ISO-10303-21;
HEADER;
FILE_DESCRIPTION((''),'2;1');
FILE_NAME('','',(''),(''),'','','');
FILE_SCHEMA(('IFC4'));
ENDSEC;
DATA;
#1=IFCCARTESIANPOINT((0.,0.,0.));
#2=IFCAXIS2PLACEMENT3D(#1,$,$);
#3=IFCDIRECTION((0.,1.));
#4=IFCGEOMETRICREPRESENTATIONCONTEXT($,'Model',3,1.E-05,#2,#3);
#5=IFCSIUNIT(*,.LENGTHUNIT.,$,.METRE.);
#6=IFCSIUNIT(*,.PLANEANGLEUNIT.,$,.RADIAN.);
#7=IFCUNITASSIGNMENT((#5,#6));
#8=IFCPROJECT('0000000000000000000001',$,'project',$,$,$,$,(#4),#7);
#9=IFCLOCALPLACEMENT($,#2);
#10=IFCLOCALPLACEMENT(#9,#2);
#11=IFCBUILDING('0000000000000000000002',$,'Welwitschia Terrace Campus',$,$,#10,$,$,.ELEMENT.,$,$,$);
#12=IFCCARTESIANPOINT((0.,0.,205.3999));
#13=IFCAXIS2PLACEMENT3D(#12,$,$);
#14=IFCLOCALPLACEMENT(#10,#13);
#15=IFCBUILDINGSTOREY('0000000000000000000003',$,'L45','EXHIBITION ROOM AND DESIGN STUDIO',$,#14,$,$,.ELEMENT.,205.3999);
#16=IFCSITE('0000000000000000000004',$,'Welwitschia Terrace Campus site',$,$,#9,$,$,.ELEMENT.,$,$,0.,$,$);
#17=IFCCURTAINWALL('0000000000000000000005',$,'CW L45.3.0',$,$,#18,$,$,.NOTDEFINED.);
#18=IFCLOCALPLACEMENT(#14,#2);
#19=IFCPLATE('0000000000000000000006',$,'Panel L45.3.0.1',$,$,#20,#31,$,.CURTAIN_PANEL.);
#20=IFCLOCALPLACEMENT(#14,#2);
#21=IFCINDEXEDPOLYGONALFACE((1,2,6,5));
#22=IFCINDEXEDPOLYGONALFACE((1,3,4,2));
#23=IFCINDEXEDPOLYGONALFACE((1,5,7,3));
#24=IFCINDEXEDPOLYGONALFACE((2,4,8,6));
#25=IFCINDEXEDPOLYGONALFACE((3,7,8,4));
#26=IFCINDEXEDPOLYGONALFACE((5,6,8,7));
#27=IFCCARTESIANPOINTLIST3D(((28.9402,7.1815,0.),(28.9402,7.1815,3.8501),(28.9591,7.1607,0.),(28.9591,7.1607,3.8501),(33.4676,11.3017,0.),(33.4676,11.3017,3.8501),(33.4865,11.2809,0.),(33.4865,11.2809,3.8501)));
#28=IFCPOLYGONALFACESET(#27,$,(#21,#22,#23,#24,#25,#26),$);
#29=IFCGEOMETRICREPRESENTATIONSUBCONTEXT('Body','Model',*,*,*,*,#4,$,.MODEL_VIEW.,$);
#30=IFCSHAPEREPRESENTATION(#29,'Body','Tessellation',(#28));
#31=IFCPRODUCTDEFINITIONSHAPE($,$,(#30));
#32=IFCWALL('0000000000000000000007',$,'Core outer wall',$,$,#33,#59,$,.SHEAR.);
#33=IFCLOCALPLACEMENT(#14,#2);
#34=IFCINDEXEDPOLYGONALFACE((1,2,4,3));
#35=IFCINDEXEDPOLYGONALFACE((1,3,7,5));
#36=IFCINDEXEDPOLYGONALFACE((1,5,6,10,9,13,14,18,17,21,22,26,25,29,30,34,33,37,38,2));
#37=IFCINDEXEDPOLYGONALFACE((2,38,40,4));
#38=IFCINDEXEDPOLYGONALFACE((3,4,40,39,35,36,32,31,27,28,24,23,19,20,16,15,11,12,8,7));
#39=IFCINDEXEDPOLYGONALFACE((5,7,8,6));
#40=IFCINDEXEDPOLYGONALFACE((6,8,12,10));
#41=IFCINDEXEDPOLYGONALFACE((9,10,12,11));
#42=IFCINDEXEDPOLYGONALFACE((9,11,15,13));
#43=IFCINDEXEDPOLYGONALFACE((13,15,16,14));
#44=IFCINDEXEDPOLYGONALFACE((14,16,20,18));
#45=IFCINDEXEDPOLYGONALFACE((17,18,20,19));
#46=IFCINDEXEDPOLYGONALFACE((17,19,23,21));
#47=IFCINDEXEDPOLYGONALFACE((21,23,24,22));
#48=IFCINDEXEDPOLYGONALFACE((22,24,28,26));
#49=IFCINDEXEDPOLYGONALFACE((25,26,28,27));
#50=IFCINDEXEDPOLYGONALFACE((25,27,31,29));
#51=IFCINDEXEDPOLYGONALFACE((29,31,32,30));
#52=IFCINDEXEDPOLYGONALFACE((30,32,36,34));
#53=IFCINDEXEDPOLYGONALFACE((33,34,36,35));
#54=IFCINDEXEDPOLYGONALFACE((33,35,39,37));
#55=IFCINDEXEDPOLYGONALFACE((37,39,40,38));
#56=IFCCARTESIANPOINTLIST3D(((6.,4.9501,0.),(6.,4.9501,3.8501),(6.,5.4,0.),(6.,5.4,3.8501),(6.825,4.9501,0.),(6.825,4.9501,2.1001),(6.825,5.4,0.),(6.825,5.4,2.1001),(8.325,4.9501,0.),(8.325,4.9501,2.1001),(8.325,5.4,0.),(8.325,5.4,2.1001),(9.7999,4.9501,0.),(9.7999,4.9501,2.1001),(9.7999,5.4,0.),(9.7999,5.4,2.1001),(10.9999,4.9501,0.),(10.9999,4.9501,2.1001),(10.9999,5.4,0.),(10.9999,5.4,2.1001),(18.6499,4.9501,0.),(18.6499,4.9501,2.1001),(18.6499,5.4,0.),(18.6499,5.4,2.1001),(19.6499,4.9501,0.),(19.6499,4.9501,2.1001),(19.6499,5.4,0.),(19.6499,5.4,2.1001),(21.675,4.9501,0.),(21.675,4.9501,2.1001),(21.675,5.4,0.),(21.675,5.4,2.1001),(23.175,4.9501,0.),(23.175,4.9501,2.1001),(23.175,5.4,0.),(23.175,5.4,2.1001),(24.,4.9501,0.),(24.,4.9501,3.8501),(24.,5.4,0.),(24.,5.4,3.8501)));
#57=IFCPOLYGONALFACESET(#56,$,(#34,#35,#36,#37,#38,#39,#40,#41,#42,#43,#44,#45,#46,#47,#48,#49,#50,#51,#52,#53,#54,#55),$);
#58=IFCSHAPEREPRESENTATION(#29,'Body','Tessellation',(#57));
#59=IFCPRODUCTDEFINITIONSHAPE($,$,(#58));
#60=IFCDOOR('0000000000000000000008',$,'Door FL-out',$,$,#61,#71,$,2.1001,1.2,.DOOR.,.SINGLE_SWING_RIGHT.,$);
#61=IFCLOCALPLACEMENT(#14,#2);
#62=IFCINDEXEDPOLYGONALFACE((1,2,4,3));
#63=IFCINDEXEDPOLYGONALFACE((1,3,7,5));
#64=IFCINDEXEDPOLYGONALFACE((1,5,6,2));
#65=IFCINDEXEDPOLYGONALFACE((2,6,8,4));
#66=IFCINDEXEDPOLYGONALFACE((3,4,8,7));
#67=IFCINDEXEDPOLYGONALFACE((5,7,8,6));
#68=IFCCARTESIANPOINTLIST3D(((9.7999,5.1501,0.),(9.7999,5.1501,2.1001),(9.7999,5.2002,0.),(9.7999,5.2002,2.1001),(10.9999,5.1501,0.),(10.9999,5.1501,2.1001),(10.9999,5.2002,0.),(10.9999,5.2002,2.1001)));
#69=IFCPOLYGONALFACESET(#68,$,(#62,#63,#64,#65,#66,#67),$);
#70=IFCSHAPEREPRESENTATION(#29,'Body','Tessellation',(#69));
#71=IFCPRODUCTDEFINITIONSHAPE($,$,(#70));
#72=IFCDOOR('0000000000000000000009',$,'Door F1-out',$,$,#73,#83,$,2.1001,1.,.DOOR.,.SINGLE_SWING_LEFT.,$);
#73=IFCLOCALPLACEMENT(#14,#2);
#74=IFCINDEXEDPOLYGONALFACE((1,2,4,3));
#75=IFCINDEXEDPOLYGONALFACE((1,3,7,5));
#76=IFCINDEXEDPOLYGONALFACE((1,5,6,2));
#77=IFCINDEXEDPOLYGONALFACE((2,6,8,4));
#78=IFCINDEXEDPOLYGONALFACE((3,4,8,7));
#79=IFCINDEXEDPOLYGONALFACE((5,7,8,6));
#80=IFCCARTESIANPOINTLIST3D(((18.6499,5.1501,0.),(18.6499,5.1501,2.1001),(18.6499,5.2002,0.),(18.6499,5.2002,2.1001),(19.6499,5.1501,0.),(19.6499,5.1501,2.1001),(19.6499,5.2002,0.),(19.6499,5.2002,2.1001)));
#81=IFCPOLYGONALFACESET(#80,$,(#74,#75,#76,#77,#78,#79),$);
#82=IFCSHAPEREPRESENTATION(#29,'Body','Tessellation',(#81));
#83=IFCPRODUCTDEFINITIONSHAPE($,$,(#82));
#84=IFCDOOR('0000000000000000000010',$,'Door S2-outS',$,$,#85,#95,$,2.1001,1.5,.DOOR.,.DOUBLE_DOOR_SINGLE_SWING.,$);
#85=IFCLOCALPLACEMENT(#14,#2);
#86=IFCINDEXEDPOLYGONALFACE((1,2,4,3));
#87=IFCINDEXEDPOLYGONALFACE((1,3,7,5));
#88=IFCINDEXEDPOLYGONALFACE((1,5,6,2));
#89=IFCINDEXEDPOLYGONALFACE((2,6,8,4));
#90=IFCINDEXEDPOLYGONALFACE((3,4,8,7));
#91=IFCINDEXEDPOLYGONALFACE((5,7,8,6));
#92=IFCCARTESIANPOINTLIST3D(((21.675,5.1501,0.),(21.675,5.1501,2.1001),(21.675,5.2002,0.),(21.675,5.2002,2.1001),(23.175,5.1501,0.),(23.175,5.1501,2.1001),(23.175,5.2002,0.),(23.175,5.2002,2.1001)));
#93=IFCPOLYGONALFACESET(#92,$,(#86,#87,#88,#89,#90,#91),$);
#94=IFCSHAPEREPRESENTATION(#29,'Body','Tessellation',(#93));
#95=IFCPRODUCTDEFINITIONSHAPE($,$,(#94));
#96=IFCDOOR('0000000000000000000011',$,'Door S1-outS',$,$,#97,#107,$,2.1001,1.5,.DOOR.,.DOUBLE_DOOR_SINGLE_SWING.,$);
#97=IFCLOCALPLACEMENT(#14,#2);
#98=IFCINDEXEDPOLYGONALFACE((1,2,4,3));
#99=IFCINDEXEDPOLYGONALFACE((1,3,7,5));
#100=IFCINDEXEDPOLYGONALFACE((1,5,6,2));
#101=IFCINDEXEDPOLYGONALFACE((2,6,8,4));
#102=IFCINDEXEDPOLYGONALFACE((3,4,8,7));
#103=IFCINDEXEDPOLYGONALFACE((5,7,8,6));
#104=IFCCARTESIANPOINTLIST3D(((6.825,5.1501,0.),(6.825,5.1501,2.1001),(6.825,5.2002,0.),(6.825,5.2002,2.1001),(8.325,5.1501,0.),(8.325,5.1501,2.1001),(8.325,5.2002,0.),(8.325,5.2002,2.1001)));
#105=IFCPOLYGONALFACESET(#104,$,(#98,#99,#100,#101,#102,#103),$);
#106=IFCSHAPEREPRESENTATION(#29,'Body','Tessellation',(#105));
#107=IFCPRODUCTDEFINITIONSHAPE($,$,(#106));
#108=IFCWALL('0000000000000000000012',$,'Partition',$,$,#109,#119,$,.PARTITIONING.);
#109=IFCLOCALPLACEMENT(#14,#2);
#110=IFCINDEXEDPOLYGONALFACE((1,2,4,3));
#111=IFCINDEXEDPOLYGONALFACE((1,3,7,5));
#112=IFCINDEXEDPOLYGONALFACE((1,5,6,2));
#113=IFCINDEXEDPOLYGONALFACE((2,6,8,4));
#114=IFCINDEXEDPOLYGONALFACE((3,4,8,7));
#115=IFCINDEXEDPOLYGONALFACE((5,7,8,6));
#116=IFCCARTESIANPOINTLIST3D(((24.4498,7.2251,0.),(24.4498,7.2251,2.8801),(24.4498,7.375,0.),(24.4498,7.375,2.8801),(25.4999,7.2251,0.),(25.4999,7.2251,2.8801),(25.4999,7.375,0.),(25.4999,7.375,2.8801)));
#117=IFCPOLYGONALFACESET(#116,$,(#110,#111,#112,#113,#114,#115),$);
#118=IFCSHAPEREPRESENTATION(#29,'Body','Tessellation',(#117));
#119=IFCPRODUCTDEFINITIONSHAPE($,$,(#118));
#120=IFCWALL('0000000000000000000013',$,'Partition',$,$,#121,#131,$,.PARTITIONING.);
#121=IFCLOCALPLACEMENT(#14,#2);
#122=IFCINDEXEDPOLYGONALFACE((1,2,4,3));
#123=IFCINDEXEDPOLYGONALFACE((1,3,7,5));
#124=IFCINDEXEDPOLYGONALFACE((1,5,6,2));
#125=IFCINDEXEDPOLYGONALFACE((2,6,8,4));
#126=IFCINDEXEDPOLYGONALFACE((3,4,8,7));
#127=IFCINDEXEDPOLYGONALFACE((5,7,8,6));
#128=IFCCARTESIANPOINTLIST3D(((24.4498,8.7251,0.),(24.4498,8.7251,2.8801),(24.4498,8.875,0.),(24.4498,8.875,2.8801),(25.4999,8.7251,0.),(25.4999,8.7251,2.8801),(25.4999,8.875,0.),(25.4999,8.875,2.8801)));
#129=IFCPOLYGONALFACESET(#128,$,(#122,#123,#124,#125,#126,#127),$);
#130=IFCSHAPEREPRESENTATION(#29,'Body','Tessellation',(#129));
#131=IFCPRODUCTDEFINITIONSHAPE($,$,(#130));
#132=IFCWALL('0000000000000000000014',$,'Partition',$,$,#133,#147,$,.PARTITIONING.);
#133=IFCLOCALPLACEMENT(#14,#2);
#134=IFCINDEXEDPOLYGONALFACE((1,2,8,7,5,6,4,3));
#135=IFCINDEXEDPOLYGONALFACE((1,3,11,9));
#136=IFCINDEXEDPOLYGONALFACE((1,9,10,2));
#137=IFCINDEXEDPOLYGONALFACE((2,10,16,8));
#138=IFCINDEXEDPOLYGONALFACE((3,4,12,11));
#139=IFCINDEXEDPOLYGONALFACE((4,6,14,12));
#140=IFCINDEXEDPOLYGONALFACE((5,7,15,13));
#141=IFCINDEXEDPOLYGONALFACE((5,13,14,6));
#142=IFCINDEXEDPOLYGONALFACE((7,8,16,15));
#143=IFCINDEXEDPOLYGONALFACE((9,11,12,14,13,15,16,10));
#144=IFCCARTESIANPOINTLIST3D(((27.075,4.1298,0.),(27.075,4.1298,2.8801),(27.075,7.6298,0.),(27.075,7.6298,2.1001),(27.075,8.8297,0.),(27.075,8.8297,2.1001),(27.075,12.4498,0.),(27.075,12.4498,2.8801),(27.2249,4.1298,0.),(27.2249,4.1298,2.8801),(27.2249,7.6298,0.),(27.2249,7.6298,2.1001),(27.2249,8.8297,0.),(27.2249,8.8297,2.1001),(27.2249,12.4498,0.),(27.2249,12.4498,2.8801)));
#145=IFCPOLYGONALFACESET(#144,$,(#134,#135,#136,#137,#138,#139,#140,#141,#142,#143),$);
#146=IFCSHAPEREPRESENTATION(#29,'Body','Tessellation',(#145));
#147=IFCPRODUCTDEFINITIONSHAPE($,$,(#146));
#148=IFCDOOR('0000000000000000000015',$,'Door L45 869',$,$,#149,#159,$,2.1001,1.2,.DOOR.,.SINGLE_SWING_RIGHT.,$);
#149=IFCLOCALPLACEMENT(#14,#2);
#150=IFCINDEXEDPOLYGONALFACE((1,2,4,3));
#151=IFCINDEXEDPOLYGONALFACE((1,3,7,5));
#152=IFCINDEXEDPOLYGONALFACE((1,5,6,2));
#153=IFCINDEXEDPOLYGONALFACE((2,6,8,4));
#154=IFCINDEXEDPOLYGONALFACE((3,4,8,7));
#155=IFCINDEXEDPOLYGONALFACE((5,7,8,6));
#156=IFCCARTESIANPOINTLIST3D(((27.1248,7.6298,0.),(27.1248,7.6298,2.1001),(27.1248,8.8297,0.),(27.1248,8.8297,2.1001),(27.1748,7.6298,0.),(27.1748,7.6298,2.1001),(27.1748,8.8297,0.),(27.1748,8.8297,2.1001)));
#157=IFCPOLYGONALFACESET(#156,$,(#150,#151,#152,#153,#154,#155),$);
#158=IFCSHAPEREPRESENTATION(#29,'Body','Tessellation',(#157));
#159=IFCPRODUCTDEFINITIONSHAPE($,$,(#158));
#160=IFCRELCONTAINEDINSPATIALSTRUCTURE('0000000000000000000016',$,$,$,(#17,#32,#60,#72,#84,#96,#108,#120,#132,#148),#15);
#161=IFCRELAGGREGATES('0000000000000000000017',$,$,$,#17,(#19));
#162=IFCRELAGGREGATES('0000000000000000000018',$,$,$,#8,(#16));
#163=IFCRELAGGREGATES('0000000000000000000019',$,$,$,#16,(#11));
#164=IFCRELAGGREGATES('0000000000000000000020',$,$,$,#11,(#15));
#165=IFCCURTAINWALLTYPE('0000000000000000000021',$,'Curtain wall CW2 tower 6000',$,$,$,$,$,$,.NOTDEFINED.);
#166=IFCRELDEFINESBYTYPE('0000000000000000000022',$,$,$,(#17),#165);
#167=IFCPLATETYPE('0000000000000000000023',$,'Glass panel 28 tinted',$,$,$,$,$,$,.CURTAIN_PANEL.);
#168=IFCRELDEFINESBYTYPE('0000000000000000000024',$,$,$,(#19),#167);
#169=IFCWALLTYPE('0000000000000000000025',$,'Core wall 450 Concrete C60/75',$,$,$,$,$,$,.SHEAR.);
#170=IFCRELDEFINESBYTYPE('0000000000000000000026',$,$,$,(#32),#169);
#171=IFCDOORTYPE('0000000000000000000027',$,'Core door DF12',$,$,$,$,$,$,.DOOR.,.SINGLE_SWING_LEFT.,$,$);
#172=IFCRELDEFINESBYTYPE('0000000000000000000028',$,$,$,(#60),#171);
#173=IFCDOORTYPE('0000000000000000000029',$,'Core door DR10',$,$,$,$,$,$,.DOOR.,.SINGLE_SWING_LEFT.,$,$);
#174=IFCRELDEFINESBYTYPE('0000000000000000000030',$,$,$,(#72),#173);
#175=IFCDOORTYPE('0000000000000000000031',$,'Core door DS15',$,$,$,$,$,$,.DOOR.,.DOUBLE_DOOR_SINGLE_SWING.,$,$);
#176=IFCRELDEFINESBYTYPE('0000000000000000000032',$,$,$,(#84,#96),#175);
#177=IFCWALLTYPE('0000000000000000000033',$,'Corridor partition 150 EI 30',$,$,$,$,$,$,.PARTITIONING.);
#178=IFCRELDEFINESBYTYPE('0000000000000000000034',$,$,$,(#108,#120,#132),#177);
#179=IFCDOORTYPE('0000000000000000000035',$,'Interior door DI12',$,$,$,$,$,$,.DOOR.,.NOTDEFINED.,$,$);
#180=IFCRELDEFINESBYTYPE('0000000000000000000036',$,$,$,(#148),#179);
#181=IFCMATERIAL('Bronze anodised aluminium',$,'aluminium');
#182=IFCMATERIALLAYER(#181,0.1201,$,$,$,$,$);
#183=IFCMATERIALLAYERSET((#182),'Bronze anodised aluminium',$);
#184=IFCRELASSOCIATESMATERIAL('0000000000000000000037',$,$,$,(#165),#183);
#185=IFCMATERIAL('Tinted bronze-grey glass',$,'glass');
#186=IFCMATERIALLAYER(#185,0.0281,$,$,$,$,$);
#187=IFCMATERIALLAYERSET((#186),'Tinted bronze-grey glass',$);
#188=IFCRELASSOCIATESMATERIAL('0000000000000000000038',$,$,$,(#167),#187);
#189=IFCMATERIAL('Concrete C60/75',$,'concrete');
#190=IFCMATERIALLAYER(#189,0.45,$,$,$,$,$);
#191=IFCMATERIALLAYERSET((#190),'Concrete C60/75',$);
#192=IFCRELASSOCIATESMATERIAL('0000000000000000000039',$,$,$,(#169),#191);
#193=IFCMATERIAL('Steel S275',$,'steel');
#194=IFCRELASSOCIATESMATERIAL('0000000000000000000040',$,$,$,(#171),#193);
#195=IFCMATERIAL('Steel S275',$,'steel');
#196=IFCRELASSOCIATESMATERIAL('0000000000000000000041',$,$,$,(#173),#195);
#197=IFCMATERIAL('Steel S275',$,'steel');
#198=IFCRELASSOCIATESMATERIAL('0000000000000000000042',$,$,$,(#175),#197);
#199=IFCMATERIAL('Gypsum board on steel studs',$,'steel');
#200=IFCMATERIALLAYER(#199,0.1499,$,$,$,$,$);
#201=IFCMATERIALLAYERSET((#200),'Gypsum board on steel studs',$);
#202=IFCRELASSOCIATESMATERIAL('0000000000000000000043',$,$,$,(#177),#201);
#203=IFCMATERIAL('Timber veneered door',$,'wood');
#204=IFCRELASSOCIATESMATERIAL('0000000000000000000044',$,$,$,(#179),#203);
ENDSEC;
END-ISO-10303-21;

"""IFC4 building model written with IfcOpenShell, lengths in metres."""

from ifc_helpers import new_model, si_unit, direction, frame, frame_2d, origin, origin_2d, place, context, subcontext, project, spatial, rectangle, extrude, material, layer, layer_set, type_object, element, fill, aggregate, save


model = new_model("IFC4")

# Units and contexts
model_context = context("Model", 3, precision=1e-05, world=origin(), true_north=direction((0.0, 1.0)))
body_context = subcontext(model_context, "Body", "Model", "MODEL_VIEW")
ifc_project = project(units=[si_unit("LENGTHUNIT", "METRE"), si_unit("PLANEANGLEUNIT", "RADIAN")], contexts=[model_context])

# Site, building, storey
site_placement = place(None, origin())
site = spatial("IfcSite", under=ifc_project, at=site_placement, Name="Welwitschia Terrace Campus site", CompositionType="ELEMENT", RefElevation=0.0)
building_placement = place(site_placement, origin())
building = spatial("IfcBuilding", under=site, at=building_placement, Name="Welwitschia Terrace Campus", CompositionType="ELEMENT")
storey_placement = place(building_placement, frame((0.0, 0.0, 205.3999)))
storey = spatial("IfcBuildingStorey", under=building, at=storey_placement, Name="L45", Description="EXHIBITION ROOM AND DESIGN STUDIO", CompositionType="ELEMENT", Elevation=205.3999)

# Curtain wall
ifc_material_1 = material(Name="Bronze anodised aluminium", Category="aluminium")
ifc_layer_1 = layer(ifc_material_1, 0.1201)
ifc_layer_set_1 = layer_set([ifc_layer_1], Name="Bronze anodised aluminium")
curtain_wall_type = type_object("IfcCurtainWallType", Name="Curtain wall CW2 tower 6000", PredefinedType="NOTDEFINED", material=ifc_layer_set_1)
curtain_wall_placement = place(storey_placement, origin())
curtain_wall = element("IfcCurtainWall", 1, at=curtain_wall_placement, inside=storey, type_object=curtain_wall_type, Name="CW L45.3.0", PredefinedType="NOTDEFINED")

# Plate
ifc_material_2 = material(Name="Tinted bronze-grey glass", Category="glass")
ifc_layer_2 = layer(ifc_material_2, 0.0281)
ifc_layer_set_2 = layer_set([ifc_layer_2], Name="Tinted bronze-grey glass")
plate_type = type_object("IfcPlateType", Name="Glass panel 28 tinted", PredefinedType="CURTAIN_PANEL", material=ifc_layer_set_2)
plate_1_placement = place(storey_placement, frame((31.2134, 9.2312, 0.0), z_axis=(0.0, 0.0, 1.0), x_axis=(0.739586, 0.673062, 0.0)))
plate_1 = element("IfcPlate", 2, at=plate_1_placement, type_object=plate_type, Name="Panel L45.3.0.1", PredefinedType="CURTAIN_PANEL", context=body_context, shape_type="SweptSolid", body=[
    extrude(rectangle(XDim=6.1216, YDim=0.0281, at=origin_2d()), origin(), (0.0, 0.0, 1.0), 3.8501),
])
aggregate(curtain_wall, [plate_1])

# Wall, openings, doors
ifc_material_3 = material(Name="Concrete C60/75", Category="concrete")
ifc_layer_3 = layer(ifc_material_3, 0.45)
ifc_layer_set_3 = layer_set([ifc_layer_3], Name="Concrete C60/75")
wall_type_1 = type_object("IfcWallType", Name="Core wall 450 Concrete C60/75", PredefinedType="SHEAR", material=ifc_layer_set_3)
wall_1_placement = place(storey_placement, frame((24.0, 5.175, 0.0), z_axis=(0.0, 0.0, 1.0), x_axis=(-1.0, 0.0, 0.0)))
wall_1 = element("IfcWall", 3, at=wall_1_placement, inside=storey, type_object=wall_type_1, Name="Core outer wall", PredefinedType="SHEAR", context=body_context, shape_type="SweptSolid", body=[
    extrude(rectangle(XDim=18.0, YDim=0.45, at=frame_2d((9.0, 0.0))), origin(), (0.0, 0.0, 1.0), 3.8501),
])
opening_1_placement = place(wall_1_placement, frame((0.825, 0.0, 0.0)))
opening_1 = element("IfcOpeningElement", 4, at=opening_1_placement, cuts=wall_1, PredefinedType="OPENING", context=body_context, shape_type="SweptSolid", body=[
    extrude(rectangle(XDim=1.5, YDim=2.1001, at=frame_2d((0.75, 1.05))), frame((0.0, 0.2349, 0.0), z_axis=(0.0, -1.0, 0.0), x_axis=(1.0, 0.0, 0.0)), (0.0, 0.0, 1.0), 0.47),
])
opening_2_placement = place(wall_1_placement, frame((15.675, 0.0, 0.0)))
opening_2 = element("IfcOpeningElement", 5, at=opening_2_placement, cuts=wall_1, PredefinedType="OPENING", context=body_context, shape_type="SweptSolid", body=[
    extrude(rectangle(XDim=1.5, YDim=2.1001, at=frame_2d((0.75, 1.05))), frame((0.0, 0.2349, 0.0), z_axis=(0.0, -1.0, 0.0), x_axis=(1.0, 0.0, 0.0)), (0.0, 0.0, 1.0), 0.47),
])
opening_3_placement = place(wall_1_placement, frame((13.0, 0.0, 0.0)))
opening_3 = element("IfcOpeningElement", 6, at=opening_3_placement, cuts=wall_1, PredefinedType="OPENING", context=body_context, shape_type="SweptSolid", body=[
    extrude(rectangle(XDim=1.2, YDim=2.1001, at=frame_2d((0.6001, 1.05))), frame((0.0, 0.2349, 0.0), z_axis=(0.0, -1.0, 0.0), x_axis=(1.0, 0.0, 0.0)), (0.0, 0.0, 1.0), 0.47),
])
opening_4_placement = place(wall_1_placement, frame((4.3501, 0.0, 0.0)))
opening_4 = element("IfcOpeningElement", 7, at=opening_4_placement, cuts=wall_1, PredefinedType="OPENING", context=body_context, shape_type="SweptSolid", body=[
    extrude(rectangle(XDim=1.0, YDim=2.1001, at=frame_2d((0.5, 1.05))), frame((0.0, 0.2349, 0.0), z_axis=(0.0, -1.0, 0.0), x_axis=(1.0, 0.0, 0.0)), (0.0, 0.0, 1.0), 0.47),
])
ifc_material_4 = material(Name="Steel S275", Category="steel")
door_type_1 = type_object("IfcDoorType", Name="Core door DF12", OperationType="SINGLE_SWING_LEFT", PredefinedType="DOOR", material=ifc_material_4)
door_1_placement = place(opening_3_placement, origin())
door_1 = element("IfcDoor", 8, at=door_1_placement, inside=storey, type_object=door_type_1, Name="Door FL-out", OperationType="SINGLE_SWING_RIGHT", OverallHeight=2.1001, OverallWidth=1.2, PredefinedType="DOOR", context=body_context, shape_type="SweptSolid", body=[
    extrude(rectangle(XDim=1.2, YDim=2.1001, at=frame_2d((0.6001, 1.05))), frame((0.0, 0.0249, 0.0), z_axis=(0.0, -1.0, 0.0), x_axis=(1.0, 0.0, 0.0)), (0.0, 0.0, 1.0), 0.05),
])
fill(opening_3, door_1)
ifc_material_5 = material(Name="Steel S275", Category="steel")
door_type_2 = type_object("IfcDoorType", Name="Core door DR10", OperationType="SINGLE_SWING_LEFT", PredefinedType="DOOR", material=ifc_material_5)
door_2_placement = place(opening_4_placement, origin())
door_2 = element("IfcDoor", 9, at=door_2_placement, inside=storey, type_object=door_type_2, Name="Door F1-out", OperationType="SINGLE_SWING_LEFT", OverallHeight=2.1001, OverallWidth=1.0, PredefinedType="DOOR", context=body_context, shape_type="SweptSolid", body=[
    extrude(rectangle(XDim=1.0, YDim=2.1001, at=frame_2d((0.5, 1.05))), frame((0.0, 0.0249, 0.0), z_axis=(0.0, -1.0, 0.0), x_axis=(1.0, 0.0, 0.0)), (0.0, 0.0, 1.0), 0.05),
])
fill(opening_4, door_2)
ifc_material_6 = material(Name="Steel S275", Category="steel")
door_type_3 = type_object("IfcDoorType", Name="Core door DS15", OperationType="DOUBLE_DOOR_SINGLE_SWING", PredefinedType="DOOR", material=ifc_material_6)
door_3_placement = place(opening_1_placement, origin())
door_3 = element("IfcDoor", 10, at=door_3_placement, inside=storey, type_object=door_type_3, Name="Door S2-outS", OperationType="DOUBLE_DOOR_SINGLE_SWING", OverallHeight=2.1001, OverallWidth=1.5, PredefinedType="DOOR", context=body_context, shape_type="SweptSolid", body=[
    extrude(rectangle(XDim=1.5, YDim=2.1001, at=frame_2d((0.75, 1.05))), frame((0.0, 0.0249, 0.0), z_axis=(0.0, -1.0, 0.0), x_axis=(1.0, 0.0, 0.0)), (0.0, 0.0, 1.0), 0.05),
])
fill(opening_1, door_3)
door_4_placement = place(opening_2_placement, origin())
door_4 = element("IfcDoor", 11, at=door_4_placement, inside=storey, type_object=door_type_3, Name="Door S1-outS", OperationType="DOUBLE_DOOR_SINGLE_SWING", OverallHeight=2.1001, OverallWidth=1.5, PredefinedType="DOOR", context=body_context, shape_type="SweptSolid", body=[
    extrude(rectangle(XDim=1.5, YDim=2.1001, at=frame_2d((0.75, 1.05))), frame((0.0, 0.0249, 0.0), z_axis=(0.0, -1.0, 0.0), x_axis=(1.0, 0.0, 0.0)), (0.0, 0.0, 1.0), 0.05),
])
fill(opening_2, door_4)

# Walls
ifc_material_7 = material(Name="Gypsum board on steel studs", Category="steel")
ifc_layer_4 = layer(ifc_material_7, 0.1499)
ifc_layer_set_4 = layer_set([ifc_layer_4], Name="Gypsum board on steel studs")
wall_type_2 = type_object("IfcWallType", Name="Corridor partition 150 EI 30", PredefinedType="PARTITIONING", material=ifc_layer_set_4)
for number, where, z_axis, x_axis, name in (
    (12, (24.45, 7.3, 0.0), (0.0, 0.0, 1.0), (1.0, 0.0, 0.0), "Partition"),
    (13, (24.45, 8.8, 0.0), (0.0, 0.0, 1.0), (1.0, 0.0, 0.0), "Partition"),
):
    element("IfcWall", number, at=place(storey_placement, frame(where, z_axis=z_axis, x_axis=x_axis)), inside=storey, type_object=wall_type_2, Name=name, PredefinedType="PARTITIONING", context=body_context, shape_type="SweptSolid", body=[
        extrude(rectangle(XDim=1.05, YDim=0.1499, at=frame_2d((0.5249, 0.0))), origin(), (0.0, 0.0, 1.0), 2.8801),
    ])

# Wall, opening, door
wall_2_placement = place(storey_placement, frame((27.1499, 12.45, 0.0), z_axis=(0.0, 0.0, 1.0), x_axis=(0.0, -1.0, 0.0)))
wall_2 = element("IfcWall", 14, at=wall_2_placement, inside=storey, type_object=wall_type_2, Name="Partition", PredefinedType="PARTITIONING", context=body_context, shape_type="SweptSolid", body=[
    extrude(rectangle(XDim=8.3201, YDim=0.1499, at=frame_2d((4.1602, 0.0))), origin(), (0.0, 0.0, 1.0), 2.8801),
])
opening_5_placement = place(wall_2_placement, frame((3.6201, 0.0, 0.0)))
opening_5 = element("IfcOpeningElement", 15, at=opening_5_placement, cuts=wall_2, PredefinedType="OPENING", context=body_context, shape_type="SweptSolid", body=[
    extrude(rectangle(XDim=1.2, YDim=2.1001, at=frame_2d((0.6001, 1.05))), frame((0.0, 0.085, 0.0), z_axis=(0.0, -1.0, 0.0), x_axis=(1.0, 0.0, 0.0)), (0.0, 0.0, 1.0), 0.1699),
])
ifc_material_8 = material(Name="Timber veneered door", Category="wood")
door_type_4 = type_object("IfcDoorType", Name="Interior door DI12", OperationType="NOTDEFINED", PredefinedType="DOOR", material=ifc_material_8)
door_5_placement = place(opening_5_placement, origin())
door_5 = element("IfcDoor", 16, at=door_5_placement, inside=storey, type_object=door_type_4, Name="Door L45 869", OperationType="SINGLE_SWING_RIGHT", OverallHeight=2.1001, OverallWidth=1.2, PredefinedType="DOOR", context=body_context, shape_type="SweptSolid", body=[
    extrude(rectangle(XDim=1.2, YDim=2.1001, at=frame_2d((0.6001, 1.05))), frame((0.0, 0.0249, 0.0), z_axis=(0.0, -1.0, 0.0), x_axis=(1.0, 0.0, 0.0)), (0.0, 0.0, 1.0), 0.05),
])
fill(opening_5, door_5)

save(model, "model.ifc")
